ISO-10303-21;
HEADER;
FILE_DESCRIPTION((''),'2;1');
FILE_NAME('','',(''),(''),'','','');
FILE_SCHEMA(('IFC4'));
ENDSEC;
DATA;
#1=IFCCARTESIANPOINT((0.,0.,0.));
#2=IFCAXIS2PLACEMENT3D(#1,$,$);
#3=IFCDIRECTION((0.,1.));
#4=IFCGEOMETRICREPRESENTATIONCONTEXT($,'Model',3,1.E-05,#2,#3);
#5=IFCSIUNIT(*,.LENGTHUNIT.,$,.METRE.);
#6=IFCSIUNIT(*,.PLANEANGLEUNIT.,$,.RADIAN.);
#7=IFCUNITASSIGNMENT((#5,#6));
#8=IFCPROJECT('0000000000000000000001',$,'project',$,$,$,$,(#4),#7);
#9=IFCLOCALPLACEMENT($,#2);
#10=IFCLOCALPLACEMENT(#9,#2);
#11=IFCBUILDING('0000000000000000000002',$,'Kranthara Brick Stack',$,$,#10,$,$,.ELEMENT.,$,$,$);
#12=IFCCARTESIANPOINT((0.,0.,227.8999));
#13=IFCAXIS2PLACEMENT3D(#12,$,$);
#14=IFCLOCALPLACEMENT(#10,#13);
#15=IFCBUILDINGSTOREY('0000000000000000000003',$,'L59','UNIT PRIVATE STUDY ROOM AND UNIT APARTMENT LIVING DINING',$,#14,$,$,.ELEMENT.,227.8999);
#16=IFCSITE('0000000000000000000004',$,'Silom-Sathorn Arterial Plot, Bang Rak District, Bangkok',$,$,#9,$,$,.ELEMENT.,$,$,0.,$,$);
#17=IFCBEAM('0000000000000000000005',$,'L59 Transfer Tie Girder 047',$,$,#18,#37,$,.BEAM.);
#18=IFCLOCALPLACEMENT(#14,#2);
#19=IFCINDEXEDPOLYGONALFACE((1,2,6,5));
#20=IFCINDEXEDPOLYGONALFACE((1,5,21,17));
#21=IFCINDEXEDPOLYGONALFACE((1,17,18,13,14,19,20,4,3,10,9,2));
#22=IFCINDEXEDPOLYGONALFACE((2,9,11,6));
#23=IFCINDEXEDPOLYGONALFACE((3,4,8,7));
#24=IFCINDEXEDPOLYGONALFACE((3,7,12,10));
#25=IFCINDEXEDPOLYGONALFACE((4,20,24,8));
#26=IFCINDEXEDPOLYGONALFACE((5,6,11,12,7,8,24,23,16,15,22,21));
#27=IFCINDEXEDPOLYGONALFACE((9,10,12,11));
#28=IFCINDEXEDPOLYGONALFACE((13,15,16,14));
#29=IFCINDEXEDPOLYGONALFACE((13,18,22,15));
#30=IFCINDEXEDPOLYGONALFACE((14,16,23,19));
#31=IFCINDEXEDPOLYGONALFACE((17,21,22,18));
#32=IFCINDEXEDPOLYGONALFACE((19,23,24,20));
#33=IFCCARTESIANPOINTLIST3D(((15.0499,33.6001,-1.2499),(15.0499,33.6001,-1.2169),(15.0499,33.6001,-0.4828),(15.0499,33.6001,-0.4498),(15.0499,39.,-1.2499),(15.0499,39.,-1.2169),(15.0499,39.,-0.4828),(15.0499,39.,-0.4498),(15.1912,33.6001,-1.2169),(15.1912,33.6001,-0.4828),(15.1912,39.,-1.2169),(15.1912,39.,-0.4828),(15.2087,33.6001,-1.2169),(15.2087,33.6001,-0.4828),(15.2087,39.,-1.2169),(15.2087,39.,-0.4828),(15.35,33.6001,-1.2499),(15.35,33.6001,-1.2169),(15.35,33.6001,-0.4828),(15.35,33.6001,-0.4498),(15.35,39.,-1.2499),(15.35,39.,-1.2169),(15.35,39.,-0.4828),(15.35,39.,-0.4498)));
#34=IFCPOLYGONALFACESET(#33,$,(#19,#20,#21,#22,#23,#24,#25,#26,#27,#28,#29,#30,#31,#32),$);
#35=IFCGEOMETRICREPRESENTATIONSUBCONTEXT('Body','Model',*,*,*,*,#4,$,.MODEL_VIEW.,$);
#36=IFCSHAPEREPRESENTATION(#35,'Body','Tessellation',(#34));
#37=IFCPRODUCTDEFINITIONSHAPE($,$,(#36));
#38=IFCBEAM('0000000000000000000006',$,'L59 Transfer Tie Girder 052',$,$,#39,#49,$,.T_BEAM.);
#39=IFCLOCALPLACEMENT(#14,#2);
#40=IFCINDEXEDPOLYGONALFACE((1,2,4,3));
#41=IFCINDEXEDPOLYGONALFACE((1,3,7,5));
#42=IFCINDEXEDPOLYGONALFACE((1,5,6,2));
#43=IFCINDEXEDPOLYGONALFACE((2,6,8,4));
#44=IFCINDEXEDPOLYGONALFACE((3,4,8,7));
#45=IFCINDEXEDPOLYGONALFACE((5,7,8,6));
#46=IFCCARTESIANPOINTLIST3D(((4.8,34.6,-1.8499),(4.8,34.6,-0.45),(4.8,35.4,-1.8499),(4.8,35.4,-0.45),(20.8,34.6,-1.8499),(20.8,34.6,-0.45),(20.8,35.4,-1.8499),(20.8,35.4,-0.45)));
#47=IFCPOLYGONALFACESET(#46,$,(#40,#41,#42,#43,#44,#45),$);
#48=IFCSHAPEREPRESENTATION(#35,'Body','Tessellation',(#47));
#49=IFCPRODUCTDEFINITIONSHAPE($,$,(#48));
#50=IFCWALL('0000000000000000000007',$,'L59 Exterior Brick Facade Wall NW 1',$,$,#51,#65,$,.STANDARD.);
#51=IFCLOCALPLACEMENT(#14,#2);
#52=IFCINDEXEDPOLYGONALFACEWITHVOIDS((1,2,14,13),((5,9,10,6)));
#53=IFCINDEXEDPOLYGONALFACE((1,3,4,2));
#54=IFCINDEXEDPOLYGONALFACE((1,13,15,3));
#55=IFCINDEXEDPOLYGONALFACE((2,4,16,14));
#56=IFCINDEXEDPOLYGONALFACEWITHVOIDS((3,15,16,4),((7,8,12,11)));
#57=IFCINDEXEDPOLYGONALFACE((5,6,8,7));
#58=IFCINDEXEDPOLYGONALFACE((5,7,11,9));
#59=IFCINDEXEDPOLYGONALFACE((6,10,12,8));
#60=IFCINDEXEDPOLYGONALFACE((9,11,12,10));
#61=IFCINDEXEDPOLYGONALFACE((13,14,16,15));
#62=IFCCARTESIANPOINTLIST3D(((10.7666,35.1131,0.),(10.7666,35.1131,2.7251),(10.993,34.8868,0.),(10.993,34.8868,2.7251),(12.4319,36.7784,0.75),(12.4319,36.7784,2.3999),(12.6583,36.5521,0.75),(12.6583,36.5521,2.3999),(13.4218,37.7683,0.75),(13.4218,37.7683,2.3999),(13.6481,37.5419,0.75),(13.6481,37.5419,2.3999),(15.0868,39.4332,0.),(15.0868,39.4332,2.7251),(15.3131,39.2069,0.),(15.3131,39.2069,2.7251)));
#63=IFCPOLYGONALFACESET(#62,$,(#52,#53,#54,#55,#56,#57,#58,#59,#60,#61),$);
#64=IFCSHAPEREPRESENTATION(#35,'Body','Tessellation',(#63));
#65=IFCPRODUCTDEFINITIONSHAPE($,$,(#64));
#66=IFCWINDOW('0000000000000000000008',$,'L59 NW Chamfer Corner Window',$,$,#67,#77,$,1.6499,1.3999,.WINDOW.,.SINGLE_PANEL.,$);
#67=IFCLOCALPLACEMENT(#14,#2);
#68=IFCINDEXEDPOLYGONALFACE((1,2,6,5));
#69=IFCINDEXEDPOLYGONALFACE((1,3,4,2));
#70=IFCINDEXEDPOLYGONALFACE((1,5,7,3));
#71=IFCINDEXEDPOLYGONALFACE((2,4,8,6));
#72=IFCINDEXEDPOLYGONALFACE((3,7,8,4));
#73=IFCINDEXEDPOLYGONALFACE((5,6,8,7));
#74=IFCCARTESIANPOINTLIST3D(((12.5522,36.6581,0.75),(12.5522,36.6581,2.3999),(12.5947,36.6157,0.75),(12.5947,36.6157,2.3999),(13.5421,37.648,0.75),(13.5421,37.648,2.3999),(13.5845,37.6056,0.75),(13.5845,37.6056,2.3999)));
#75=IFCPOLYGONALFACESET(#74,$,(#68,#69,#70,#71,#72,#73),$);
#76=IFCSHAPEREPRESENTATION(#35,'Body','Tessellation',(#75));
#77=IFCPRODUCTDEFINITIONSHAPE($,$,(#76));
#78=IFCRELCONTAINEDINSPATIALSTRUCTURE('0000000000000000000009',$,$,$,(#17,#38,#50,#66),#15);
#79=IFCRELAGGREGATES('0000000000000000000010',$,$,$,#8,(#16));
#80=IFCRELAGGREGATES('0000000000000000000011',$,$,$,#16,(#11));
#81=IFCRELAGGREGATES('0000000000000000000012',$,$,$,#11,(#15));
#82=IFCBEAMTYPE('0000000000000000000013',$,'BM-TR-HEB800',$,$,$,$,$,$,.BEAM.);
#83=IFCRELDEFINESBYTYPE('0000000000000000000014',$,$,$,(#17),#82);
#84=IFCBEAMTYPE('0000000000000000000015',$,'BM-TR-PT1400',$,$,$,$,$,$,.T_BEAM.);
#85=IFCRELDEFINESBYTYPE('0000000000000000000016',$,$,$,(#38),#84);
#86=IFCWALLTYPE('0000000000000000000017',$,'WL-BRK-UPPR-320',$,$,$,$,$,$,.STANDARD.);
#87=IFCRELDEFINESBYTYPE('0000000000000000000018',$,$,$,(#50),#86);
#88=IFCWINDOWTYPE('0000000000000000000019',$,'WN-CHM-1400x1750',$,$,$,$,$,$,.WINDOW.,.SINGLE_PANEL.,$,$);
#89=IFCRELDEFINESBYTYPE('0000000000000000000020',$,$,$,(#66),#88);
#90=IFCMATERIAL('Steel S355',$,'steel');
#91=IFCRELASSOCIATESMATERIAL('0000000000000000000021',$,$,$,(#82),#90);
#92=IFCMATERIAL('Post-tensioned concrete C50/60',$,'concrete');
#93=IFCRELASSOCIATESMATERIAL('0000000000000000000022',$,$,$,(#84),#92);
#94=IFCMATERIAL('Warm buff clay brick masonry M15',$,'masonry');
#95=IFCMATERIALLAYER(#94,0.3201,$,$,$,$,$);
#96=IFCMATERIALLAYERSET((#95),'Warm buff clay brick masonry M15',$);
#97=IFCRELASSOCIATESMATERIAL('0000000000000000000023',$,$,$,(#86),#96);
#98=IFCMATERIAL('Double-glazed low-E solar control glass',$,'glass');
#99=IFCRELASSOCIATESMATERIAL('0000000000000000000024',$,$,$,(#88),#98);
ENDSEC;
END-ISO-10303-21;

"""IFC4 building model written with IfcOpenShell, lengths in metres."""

from ifc_helpers import new_model, si_unit, direction, frame, frame_2d, origin, origin_2d, place, context, subcontext, project, spatial, rectangle, i_section, extrude, material, layer, layer_set, material_profile, profile_set, type_object, element, fill, save


model = new_model("IFC4")

# Units and contexts
model_context = context("Model", 3, precision=1e-05, world=origin(), true_north=direction((0.0, 1.0)))
body_context = subcontext(model_context, "Body", "Model", "MODEL_VIEW")
ifc_project = project(units=[si_unit("LENGTHUNIT", "METRE"), si_unit("PLANEANGLEUNIT", "RADIAN")], contexts=[model_context])

# Site, building, storey
site_placement = place(None, origin())
site = spatial("IfcSite", under=ifc_project, at=site_placement, Name="Silom-Sathorn Arterial Plot, Bang Rak District, Bangkok", CompositionType="ELEMENT", RefElevation=0.0)
building_placement = place(site_placement, origin())
building = spatial("IfcBuilding", under=site, at=building_placement, Name="Kranthara Brick Stack", CompositionType="ELEMENT")
storey_placement = place(building_placement, frame((0.0, 0.0, 227.8999)))
storey = spatial("IfcBuildingStorey", under=building, at=storey_placement, Name="L59", Description="UNIT PRIVATE STUDY ROOM AND UNIT APARTMENT LIVING DINING", CompositionType="ELEMENT", Elevation=227.8999)

# Beams
ifc_material_1 = material(Name="Steel S355", Category="steel")
ifc_material_profile_1 = material_profile(ifc_material_1, i_section(OverallWidth=0.3, OverallDepth=0.8, WebThickness=0.0176, FlangeThickness=0.033, at=origin_2d()), Name="HEB 800")
ifc_profile_set_1 = profile_set([ifc_material_profile_1], Name="Steel S355")
beam_type_1 = type_object("IfcBeamType", Name="BM-TR-HEB800", PredefinedType="BEAM", material=ifc_profile_set_1)
beam_1_placement = place(storey_placement, frame((15.2, 39.0, -0.8499), z_axis=(0.0, -1.0, 0.0), x_axis=(1.0, 0.0, 0.0)))
element("IfcBeam", 1, at=beam_1_placement, inside=storey, type_object=beam_type_1, Name="L59 Transfer Tie Girder 047", PredefinedType="BEAM", context=body_context, shape_type="SweptSolid", body=[
    extrude(i_section(OverallWidth=0.3, OverallDepth=0.8, WebThickness=0.0176, FlangeThickness=0.033, at=origin_2d()), origin(), (0.0, 0.0, 1.0), 5.3999),
])
ifc_material_2 = material(Name="Post-tensioned concrete C50/60", Category="concrete")
ifc_material_profile_2 = material_profile(ifc_material_2, rectangle(XDim=0.8, YDim=1.3999, at=origin_2d()), Name="PT 800x1400")
ifc_profile_set_2 = profile_set([ifc_material_profile_2], Name="Post-tensioned concrete C50/60")
beam_type_2 = type_object("IfcBeamType", Name="BM-TR-PT1400", PredefinedType="T_BEAM", material=ifc_profile_set_2)
beam_2_placement = place(storey_placement, frame((4.8, 35.0, -1.1499), z_axis=(1.0, 0.0, 0.0), x_axis=(0.0, 1.0, 0.0)))
element("IfcBeam", 2, at=beam_2_placement, inside=storey, type_object=beam_type_2, Name="L59 Transfer Tie Girder 052", PredefinedType="T_BEAM", context=body_context, shape_type="SweptSolid", body=[
    extrude(rectangle(XDim=0.8, YDim=1.3999, at=origin_2d()), origin(), (0.0, 0.0, 1.0), 16.0),
])

# Wall, opening, window
ifc_material_3 = material(Name="Warm buff clay brick masonry M15", Category="masonry")
ifc_layer_1 = layer(ifc_material_3, 0.3201)
ifc_layer_set_1 = layer_set([ifc_layer_1], Name="Warm buff clay brick masonry M15")
wall_type_1 = type_object("IfcWallType", Name="WL-BRK-UPPR-320", PredefinedType="STANDARD", material=ifc_layer_set_1)
wall_1_placement = place(storey_placement, frame((10.8799, 35.0, 0.0), z_axis=(0.0, 0.0, 1.0), x_axis=(0.707107, 0.707107, 0.0)))
wall_1 = element("IfcWall", 3, at=wall_1_placement, inside=storey, type_object=wall_type_1, Name="L59 Exterior Brick Facade Wall NW 1", PredefinedType="STANDARD", context=body_context, shape_type="SweptSolid", body=[
    extrude(rectangle(XDim=6.1096, YDim=0.3201, at=frame_2d((3.0547, 0.0))), origin(), (0.0, 0.0, 1.0), 2.7251),
])
opening_1_placement = place(wall_1_placement, frame((2.355, 0.0, 0.75)))
opening_1 = element("IfcOpeningElement", 4, at=opening_1_placement, cuts=wall_1, PredefinedType="OPENING", context=body_context, shape_type="SweptSolid", body=[
    extrude(rectangle(XDim=1.3999, YDim=1.6499, at=frame_2d((0.7, 0.825))), frame((0.0, 0.1699, 0.0), z_axis=(0.0, -1.0, 0.0), x_axis=(1.0, 0.0, 0.0)), (0.0, 0.0, 1.0), 0.3401),
])
ifc_material_4 = material(Name="Double-glazed low-E solar control glass", Category="glass")
window_type_1 = type_object("IfcWindowType", Name="WN-CHM-1400x1750", PartitioningType="SINGLE_PANEL", PredefinedType="WINDOW", material=ifc_material_4)
window_1_placement = place(opening_1_placement, origin())
window_1 = element("IfcWindow", 5, at=window_1_placement, inside=storey, type_object=window_type_1, Name="L59 NW Chamfer Corner Window", OverallHeight=1.6499, OverallWidth=1.3999, PartitioningType="SINGLE_PANEL", PredefinedType="WINDOW", context=body_context, shape_type="SweptSolid", body=[
    extrude(rectangle(XDim=1.3999, YDim=1.6499, at=frame_2d((0.7, 0.825))), frame((0.0, -0.01, 0.0), z_axis=(0.0, -1.0, 0.0), x_axis=(1.0, 0.0, 0.0)), (0.0, 0.0, 1.0), 0.0601),
])
fill(opening_1, window_1)

save(model, "model.ifc")
